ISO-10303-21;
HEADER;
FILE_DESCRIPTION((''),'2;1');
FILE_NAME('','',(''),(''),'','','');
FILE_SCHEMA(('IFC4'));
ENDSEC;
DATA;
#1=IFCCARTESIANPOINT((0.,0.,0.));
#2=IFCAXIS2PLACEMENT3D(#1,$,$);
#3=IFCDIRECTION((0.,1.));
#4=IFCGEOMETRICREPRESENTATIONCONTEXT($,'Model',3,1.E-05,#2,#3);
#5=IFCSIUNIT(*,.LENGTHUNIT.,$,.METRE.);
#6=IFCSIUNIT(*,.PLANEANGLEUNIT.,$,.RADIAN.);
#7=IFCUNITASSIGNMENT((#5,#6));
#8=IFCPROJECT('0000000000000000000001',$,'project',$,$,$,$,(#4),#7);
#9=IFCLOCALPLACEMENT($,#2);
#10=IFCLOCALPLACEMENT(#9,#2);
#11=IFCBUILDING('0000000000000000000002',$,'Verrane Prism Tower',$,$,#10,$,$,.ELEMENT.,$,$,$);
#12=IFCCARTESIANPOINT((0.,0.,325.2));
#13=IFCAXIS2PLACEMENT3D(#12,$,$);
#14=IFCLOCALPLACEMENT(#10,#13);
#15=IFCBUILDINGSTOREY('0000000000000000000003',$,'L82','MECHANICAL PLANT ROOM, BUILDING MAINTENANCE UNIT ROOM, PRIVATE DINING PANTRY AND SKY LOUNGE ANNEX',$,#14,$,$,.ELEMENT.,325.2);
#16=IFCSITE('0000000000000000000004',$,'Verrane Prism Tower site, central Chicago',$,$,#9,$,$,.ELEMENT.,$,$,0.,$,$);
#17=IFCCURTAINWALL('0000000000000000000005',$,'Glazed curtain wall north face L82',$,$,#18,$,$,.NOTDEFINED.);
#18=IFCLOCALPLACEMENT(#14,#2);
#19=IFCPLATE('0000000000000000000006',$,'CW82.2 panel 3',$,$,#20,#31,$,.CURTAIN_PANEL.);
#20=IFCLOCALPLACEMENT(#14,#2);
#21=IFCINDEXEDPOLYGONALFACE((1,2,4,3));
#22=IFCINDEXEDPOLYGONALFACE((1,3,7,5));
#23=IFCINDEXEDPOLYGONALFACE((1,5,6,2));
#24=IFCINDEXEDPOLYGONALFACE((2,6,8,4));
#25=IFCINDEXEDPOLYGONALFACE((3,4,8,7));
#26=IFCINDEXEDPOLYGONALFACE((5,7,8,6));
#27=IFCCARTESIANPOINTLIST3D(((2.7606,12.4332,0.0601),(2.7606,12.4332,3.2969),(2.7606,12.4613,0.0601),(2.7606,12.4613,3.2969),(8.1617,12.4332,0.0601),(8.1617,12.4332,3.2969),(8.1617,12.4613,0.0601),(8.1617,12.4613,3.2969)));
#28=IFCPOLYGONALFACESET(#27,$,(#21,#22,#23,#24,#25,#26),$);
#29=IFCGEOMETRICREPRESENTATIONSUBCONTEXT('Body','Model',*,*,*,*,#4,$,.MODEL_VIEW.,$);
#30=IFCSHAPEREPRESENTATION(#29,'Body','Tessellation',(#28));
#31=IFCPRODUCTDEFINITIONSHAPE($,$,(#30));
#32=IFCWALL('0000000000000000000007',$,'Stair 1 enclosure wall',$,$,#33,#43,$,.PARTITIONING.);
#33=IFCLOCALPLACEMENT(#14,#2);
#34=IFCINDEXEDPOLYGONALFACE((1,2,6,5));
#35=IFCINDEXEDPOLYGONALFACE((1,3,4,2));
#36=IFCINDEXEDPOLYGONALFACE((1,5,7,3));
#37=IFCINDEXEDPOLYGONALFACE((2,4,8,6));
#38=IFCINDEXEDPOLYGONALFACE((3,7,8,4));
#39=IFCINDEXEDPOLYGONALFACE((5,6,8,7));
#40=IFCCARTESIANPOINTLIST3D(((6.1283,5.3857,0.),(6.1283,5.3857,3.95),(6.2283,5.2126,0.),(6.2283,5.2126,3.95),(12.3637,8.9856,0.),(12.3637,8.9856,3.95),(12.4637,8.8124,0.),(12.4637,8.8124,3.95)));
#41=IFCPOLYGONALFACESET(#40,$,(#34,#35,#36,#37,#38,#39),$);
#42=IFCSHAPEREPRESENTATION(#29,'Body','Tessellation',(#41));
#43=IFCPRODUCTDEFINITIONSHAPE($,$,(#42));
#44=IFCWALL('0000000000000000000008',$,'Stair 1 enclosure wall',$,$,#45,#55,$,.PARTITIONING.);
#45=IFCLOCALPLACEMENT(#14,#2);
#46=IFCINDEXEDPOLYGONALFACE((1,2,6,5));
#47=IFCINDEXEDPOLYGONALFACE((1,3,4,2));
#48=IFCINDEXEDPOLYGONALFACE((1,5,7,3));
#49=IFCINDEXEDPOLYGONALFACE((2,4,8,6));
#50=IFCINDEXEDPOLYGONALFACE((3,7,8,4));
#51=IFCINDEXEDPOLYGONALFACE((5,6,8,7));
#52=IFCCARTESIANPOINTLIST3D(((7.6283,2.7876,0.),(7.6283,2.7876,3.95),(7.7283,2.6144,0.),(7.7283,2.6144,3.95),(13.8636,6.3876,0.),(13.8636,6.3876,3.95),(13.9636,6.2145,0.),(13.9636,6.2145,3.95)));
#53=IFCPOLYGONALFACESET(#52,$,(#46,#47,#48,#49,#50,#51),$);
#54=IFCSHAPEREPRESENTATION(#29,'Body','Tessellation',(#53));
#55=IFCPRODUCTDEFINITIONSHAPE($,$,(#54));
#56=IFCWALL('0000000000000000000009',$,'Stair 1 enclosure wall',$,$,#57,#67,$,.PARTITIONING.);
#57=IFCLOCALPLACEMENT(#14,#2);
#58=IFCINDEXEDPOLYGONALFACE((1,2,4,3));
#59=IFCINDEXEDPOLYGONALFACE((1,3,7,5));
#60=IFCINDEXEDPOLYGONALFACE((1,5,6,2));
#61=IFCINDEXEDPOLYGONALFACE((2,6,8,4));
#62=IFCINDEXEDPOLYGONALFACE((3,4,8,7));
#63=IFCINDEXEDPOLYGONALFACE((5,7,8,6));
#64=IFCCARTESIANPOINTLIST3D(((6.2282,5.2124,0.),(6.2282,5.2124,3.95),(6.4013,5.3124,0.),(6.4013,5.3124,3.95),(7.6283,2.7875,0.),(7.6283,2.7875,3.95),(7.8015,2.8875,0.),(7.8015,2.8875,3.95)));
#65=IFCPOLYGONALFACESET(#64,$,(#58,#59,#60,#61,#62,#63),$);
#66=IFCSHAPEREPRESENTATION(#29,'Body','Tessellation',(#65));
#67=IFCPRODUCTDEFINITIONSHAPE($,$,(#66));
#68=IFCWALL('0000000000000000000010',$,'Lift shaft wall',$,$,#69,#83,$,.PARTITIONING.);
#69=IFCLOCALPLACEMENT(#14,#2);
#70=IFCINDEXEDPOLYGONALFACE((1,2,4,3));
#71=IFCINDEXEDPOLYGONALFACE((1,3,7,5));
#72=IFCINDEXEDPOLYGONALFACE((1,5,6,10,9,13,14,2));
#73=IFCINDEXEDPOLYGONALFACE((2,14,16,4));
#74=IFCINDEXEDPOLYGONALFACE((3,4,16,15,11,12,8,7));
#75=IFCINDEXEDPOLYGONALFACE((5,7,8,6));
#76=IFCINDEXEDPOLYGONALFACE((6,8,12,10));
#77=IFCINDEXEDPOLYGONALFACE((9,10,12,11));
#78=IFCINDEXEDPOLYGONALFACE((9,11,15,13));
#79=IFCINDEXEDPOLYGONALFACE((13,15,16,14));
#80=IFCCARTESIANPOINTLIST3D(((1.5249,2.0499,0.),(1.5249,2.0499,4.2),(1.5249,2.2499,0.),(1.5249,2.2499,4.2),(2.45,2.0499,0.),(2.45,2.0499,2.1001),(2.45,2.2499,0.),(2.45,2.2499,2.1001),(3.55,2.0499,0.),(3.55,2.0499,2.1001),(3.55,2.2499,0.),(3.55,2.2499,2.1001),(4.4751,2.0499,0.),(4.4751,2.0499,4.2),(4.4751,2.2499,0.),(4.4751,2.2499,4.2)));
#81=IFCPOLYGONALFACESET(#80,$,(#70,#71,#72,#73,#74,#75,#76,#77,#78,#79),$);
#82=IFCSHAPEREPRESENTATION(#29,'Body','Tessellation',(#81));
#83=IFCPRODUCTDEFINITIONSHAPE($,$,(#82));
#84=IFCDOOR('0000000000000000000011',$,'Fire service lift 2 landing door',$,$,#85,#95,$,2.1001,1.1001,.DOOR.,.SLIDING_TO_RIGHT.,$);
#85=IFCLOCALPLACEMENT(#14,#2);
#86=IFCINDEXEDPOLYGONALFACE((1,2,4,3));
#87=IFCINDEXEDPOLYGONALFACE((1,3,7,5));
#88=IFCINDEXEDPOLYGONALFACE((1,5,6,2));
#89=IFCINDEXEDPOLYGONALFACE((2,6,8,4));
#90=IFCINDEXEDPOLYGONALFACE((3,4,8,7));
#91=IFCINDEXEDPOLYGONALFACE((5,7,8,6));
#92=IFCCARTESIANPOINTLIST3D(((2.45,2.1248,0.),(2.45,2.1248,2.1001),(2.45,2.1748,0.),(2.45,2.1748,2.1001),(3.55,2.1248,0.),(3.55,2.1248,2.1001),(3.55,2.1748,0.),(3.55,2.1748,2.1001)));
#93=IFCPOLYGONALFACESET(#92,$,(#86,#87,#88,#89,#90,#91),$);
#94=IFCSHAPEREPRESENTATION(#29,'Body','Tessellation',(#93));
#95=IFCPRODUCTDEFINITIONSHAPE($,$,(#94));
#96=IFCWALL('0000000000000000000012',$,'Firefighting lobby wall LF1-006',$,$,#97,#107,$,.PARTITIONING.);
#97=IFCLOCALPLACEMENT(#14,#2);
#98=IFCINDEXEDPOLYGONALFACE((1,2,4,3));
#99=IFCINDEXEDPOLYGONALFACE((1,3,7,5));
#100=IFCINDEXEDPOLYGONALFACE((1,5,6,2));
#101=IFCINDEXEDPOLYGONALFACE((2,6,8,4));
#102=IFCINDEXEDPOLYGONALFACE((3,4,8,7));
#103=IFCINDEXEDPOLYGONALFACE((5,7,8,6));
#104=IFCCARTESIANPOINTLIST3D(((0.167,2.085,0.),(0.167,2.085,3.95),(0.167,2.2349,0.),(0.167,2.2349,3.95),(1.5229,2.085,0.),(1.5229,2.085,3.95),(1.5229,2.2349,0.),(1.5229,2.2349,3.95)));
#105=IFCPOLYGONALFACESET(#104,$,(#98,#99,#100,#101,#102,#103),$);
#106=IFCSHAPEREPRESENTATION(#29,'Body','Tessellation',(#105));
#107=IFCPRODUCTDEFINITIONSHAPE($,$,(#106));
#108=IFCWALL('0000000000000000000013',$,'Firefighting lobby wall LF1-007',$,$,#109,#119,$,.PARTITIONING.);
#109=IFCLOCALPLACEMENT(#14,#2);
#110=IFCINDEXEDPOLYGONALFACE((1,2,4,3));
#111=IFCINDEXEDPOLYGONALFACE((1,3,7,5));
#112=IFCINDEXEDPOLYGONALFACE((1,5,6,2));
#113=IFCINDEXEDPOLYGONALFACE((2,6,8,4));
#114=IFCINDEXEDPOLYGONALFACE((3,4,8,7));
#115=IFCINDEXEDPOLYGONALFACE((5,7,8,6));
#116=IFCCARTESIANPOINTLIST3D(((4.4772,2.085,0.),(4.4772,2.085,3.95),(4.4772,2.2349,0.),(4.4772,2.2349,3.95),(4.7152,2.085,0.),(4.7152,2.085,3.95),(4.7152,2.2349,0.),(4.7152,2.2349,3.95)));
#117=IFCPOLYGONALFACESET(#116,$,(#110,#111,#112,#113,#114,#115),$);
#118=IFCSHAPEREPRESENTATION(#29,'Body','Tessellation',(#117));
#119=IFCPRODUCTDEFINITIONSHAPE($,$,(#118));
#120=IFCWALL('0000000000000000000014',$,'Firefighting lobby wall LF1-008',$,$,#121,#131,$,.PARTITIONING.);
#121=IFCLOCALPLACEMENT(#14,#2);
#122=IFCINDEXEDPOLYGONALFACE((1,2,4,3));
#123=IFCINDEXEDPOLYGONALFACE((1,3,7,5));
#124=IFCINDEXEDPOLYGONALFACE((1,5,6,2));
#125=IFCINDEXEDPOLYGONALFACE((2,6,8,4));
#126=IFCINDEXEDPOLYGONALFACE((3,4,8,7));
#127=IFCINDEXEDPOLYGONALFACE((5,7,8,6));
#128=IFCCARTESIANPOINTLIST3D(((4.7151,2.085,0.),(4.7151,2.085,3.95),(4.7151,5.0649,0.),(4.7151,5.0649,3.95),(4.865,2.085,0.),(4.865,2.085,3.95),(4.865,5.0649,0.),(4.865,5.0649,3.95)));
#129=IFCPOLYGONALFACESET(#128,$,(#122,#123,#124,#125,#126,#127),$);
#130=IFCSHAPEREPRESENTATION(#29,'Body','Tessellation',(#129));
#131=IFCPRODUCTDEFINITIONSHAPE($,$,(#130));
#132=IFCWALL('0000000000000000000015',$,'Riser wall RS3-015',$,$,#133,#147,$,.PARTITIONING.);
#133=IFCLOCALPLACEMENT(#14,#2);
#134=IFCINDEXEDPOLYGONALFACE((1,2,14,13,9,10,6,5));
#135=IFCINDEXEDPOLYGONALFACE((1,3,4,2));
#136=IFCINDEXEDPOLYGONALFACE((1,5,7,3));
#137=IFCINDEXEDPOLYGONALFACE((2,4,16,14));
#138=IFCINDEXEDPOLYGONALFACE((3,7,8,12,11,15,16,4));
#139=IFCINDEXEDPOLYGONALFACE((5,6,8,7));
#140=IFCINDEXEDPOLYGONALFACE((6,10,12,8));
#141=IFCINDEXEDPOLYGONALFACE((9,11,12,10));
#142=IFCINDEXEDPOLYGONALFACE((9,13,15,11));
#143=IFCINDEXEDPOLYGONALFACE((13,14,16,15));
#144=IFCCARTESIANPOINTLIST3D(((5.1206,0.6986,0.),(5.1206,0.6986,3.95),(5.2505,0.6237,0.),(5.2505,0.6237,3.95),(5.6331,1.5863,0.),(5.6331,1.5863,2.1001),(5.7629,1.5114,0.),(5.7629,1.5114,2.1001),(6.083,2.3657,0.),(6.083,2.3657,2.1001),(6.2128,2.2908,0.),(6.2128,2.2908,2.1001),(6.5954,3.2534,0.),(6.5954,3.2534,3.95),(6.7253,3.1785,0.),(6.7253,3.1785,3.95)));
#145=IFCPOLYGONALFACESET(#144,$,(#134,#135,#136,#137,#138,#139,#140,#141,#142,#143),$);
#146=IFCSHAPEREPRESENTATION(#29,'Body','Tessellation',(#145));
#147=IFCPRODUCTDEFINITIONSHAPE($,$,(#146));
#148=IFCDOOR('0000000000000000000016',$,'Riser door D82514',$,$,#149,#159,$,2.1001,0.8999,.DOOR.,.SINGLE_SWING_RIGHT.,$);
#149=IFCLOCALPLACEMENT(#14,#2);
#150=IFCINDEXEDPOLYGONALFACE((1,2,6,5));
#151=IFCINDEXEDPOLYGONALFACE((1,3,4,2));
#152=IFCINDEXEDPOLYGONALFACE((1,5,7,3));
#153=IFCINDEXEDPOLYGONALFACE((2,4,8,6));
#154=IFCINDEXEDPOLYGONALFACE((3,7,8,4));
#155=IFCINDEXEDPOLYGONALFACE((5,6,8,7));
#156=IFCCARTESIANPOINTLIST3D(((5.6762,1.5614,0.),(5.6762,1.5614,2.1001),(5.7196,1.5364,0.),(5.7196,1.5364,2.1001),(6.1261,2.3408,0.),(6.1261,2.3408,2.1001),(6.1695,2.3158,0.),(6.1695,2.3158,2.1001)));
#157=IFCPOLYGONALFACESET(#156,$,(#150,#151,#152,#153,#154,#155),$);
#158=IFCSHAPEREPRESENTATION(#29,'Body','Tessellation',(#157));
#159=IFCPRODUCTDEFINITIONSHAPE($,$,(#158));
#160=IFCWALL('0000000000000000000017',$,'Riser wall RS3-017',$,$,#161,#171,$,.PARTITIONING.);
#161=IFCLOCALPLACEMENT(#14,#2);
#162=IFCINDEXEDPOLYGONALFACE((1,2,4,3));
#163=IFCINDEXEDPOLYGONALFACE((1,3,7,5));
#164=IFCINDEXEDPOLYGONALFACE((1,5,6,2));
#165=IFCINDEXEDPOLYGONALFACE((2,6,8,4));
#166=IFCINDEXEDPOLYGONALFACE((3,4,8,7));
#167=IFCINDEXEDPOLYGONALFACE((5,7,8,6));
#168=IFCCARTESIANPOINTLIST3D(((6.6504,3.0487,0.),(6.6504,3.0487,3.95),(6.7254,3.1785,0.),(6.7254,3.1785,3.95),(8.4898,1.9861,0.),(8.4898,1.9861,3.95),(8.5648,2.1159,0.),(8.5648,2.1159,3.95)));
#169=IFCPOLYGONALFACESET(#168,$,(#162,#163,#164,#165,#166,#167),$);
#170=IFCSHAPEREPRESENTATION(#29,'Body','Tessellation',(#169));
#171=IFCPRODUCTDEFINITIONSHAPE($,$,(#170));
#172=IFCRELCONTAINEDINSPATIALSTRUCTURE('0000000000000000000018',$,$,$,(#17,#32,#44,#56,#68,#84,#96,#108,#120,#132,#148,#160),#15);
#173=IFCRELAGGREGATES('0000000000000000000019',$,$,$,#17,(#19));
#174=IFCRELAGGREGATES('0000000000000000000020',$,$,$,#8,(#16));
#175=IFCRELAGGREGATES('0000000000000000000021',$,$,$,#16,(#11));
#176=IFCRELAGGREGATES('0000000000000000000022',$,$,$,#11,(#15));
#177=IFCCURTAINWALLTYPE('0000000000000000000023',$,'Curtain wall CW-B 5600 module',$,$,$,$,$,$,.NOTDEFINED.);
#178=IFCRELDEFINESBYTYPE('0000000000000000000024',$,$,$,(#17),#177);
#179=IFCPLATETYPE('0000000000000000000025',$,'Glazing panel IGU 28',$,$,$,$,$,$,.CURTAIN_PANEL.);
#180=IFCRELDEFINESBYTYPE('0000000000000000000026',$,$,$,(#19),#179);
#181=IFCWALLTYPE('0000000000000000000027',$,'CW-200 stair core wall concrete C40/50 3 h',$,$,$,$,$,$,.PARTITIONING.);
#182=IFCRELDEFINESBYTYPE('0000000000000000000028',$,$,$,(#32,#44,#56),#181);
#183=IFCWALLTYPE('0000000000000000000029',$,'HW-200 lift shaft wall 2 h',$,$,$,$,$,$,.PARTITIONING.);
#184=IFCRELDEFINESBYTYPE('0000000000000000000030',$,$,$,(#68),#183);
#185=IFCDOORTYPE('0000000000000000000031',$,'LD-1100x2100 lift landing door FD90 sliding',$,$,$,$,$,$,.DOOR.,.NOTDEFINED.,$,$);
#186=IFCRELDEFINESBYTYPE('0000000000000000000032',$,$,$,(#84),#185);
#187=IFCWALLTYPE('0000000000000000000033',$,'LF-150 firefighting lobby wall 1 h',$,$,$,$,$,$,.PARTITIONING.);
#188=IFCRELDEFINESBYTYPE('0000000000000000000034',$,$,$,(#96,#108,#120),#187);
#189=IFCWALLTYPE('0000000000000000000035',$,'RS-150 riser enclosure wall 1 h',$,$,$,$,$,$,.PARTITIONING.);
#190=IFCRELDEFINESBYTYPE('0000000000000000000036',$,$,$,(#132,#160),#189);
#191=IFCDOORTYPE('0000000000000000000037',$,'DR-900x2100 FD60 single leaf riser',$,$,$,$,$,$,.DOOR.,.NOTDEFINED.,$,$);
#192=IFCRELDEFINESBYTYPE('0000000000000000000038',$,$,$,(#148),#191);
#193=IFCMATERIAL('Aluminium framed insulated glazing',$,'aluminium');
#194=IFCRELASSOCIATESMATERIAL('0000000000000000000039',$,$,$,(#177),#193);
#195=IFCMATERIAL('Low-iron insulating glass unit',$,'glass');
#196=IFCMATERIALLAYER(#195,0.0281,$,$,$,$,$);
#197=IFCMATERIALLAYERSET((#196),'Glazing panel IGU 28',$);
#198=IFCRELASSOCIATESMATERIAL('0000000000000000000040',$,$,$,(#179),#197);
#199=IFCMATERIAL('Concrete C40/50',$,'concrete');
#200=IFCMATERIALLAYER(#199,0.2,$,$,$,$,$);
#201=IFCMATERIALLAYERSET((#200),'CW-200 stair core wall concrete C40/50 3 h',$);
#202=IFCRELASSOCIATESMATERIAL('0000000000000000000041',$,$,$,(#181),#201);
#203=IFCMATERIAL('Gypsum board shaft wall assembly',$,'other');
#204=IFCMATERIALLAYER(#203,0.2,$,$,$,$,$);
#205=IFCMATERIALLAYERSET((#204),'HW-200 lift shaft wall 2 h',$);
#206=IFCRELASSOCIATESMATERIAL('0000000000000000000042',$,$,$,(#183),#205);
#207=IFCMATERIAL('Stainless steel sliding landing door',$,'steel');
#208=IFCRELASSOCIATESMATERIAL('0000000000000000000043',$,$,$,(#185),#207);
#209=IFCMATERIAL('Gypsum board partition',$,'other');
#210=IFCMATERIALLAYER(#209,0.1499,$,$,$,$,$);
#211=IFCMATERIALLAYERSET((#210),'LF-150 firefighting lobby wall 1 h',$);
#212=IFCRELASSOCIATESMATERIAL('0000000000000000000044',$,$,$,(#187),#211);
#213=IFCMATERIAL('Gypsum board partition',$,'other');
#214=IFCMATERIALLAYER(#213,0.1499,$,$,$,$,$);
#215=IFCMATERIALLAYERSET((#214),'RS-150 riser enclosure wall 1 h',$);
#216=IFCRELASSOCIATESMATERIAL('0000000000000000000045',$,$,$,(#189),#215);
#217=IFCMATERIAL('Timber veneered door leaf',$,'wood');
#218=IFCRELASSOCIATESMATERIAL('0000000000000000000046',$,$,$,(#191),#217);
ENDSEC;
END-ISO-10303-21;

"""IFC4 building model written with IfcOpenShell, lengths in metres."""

from ifc_helpers import new_model, si_unit, direction, frame, frame_2d, origin, origin_2d, place, context, subcontext, project, spatial, rectangle, extrude, material, layer, layer_set, type_object, element, fill, aggregate, save


model = new_model("IFC4")

# Units and contexts
model_context = context("Model", 3, precision=1e-05, world=origin(), true_north=direction((0.0, 1.0)))
body_context = subcontext(model_context, "Body", "Model", "MODEL_VIEW")
ifc_project = project(units=[si_unit("LENGTHUNIT", "METRE"), si_unit("PLANEANGLEUNIT", "RADIAN")], contexts=[model_context])

# Site, building, storey
site_placement = place(None, origin())
site = spatial("IfcSite", under=ifc_project, at=site_placement, Name="Verrane Prism Tower site, central Chicago", CompositionType="ELEMENT", RefElevation=0.0)
building_placement = place(site_placement, origin())
building = spatial("IfcBuilding", under=site, at=building_placement, Name="Verrane Prism Tower", CompositionType="ELEMENT")
storey_placement = place(building_placement, frame((0.0, 0.0, 325.2)))
storey = spatial("IfcBuildingStorey", under=building, at=storey_placement, Name="L82", Description="MECHANICAL PLANT ROOM, BUILDING MAINTENANCE UNIT ROOM, PRIVATE DINING PANTRY AND SKY LOUNGE ANNEX", CompositionType="ELEMENT", Elevation=325.2)

# Curtain wall
ifc_material_1 = material(Name="Aluminium framed insulated glazing", Category="aluminium")
curtain_wall_type = type_object("IfcCurtainWallType", Name="Curtain wall CW-B 5600 module", PredefinedType="NOTDEFINED", material=ifc_material_1)
curtain_wall_placement = place(storey_placement, origin())
curtain_wall = element("IfcCurtainWall", 1, at=curtain_wall_placement, inside=storey, type_object=curtain_wall_type, Name="Glazed curtain wall north face L82", PredefinedType="NOTDEFINED")

# Plate
ifc_material_2 = material(Name="Low-iron insulating glass unit", Category="glass")
ifc_layer_1 = layer(ifc_material_2, 0.0281)
ifc_layer_set_1 = layer_set([ifc_layer_1], Name="Glazing panel IGU 28")
plate_type = type_object("IfcPlateType", Name="Glazing panel IGU 28", PredefinedType="CURTAIN_PANEL", material=ifc_layer_set_1)
plate_placement = place(storey_placement, frame((5.4612, 12.4473, 0.0601), z_axis=(0.0, 0.0, 1.0), x_axis=(-1.0, 0.0, 0.0)))
plate = element("IfcPlate", 2, at=plate_placement, type_object=plate_type, Name="CW82.2 panel 3", PredefinedType="CURTAIN_PANEL", context=body_context, shape_type="SweptSolid", body=[
    extrude(rectangle(XDim=5.4011, YDim=0.0281, at=origin_2d()), origin(), (0.0, 0.0, 1.0), 3.2368),
])
aggregate(curtain_wall, [plate])

# Walls
ifc_material_3 = material(Name="Concrete C40/50", Category="concrete")
ifc_layer_2 = layer(ifc_material_3, 0.2)
ifc_layer_set_2 = layer_set([ifc_layer_2], Name="CW-200 stair core wall concrete C40/50 3 h")
wall_type_1 = type_object("IfcWallType", Name="CW-200 stair core wall concrete C40/50 3 h", PredefinedType="PARTITIONING", material=ifc_layer_set_2)
for number, where, z_axis, x_axis, name in (
    (3, (6.1782, 5.2991, 0.0), (0.0, 0.0, 1.0), (0.866033, 0.499987, 0.0), "Stair 1 enclosure wall"),
    (4, (7.6782, 2.7009, 0.0), (0.0, 0.0, 1.0), (0.866018, 0.500012, 0.0), "Stair 1 enclosure wall"),
):
    element("IfcWall", number, at=place(storey_placement, frame(where, z_axis=z_axis, x_axis=x_axis)), inside=storey, type_object=wall_type_1, Name=name, PredefinedType="PARTITIONING", context=body_context, shape_type="SweptSolid", body=[
        extrude(rectangle(XDim=7.2, YDim=0.2, at=frame_2d((3.6001, 0.0))), origin(), (0.0, 0.0, 1.0), 3.95),
    ])
wall_1_placement = place(storey_placement, frame((7.7148, 2.8376, 0.0), z_axis=(0.0, 0.0, 1.0), x_axis=(-0.50005, 0.865997, 0.0)))
element("IfcWall", 5, at=wall_1_placement, inside=storey, type_object=wall_type_1, Name="Stair 1 enclosure wall", PredefinedType="PARTITIONING", context=body_context, shape_type="SweptSolid", body=[
    extrude(rectangle(XDim=2.8, YDim=0.2, at=frame_2d((1.3999, 0.0))), origin(), (0.0, 0.0, 1.0), 3.95),
])

# Wall, opening, door
ifc_material_4 = material(Name="Gypsum board shaft wall assembly", Category="other")
ifc_layer_3 = layer(ifc_material_4, 0.2)
ifc_layer_set_3 = layer_set([ifc_layer_3], Name="HW-200 lift shaft wall 2 h")
wall_type_2 = type_object("IfcWallType", Name="HW-200 lift shaft wall 2 h", PredefinedType="PARTITIONING", material=ifc_layer_set_3)
wall_2_placement = place(storey_placement, frame((1.5249, 2.1499, 0.0), z_axis=(0.0, 0.0, 1.0), x_axis=(1.0, 0.0, 0.0)))
wall_2 = element("IfcWall", 6, at=wall_2_placement, inside=storey, type_object=wall_type_2, Name="Lift shaft wall", PredefinedType="PARTITIONING", context=body_context, shape_type="SweptSolid", body=[
    extrude(rectangle(XDim=2.9502, YDim=0.2, at=frame_2d((1.4751, 0.0))), origin(), (0.0, 0.0, 1.0), 4.2),
])
opening_1_placement = place(wall_2_placement, frame((0.925, 0.0, 0.0)))
opening_1 = element("IfcOpeningElement", 7, at=opening_1_placement, cuts=wall_2, PredefinedType="OPENING", context=body_context, shape_type="SweptSolid", body=[
    extrude(rectangle(XDim=1.1001, YDim=2.1001, at=frame_2d((0.55, 1.05))), frame((0.0, 0.1099, 0.0), z_axis=(0.0, -1.0, 0.0), x_axis=(1.0, 0.0, 0.0)), (0.0, 0.0, 1.0), 0.22),
])
ifc_material_5 = material(Name="Stainless steel sliding landing door", Category="steel")
door_type_1 = type_object("IfcDoorType", Name="LD-1100x2100 lift landing door FD90 sliding", OperationType="NOTDEFINED", PredefinedType="DOOR", material=ifc_material_5)
door_1_placement = place(opening_1_placement, origin())
door_1 = element("IfcDoor", 8, at=door_1_placement, inside=storey, type_object=door_type_1, Name="Fire service lift 2 landing door", OperationType="SLIDING_TO_RIGHT", OverallHeight=2.1001, OverallWidth=1.1001, PredefinedType="DOOR", context=body_context, shape_type="SweptSolid", body=[
    extrude(rectangle(XDim=1.1001, YDim=2.1001, at=frame_2d((0.55, 1.05))), frame((0.0, 0.0249, 0.0), z_axis=(0.0, -1.0, 0.0), x_axis=(1.0, 0.0, 0.0)), (0.0, 0.0, 1.0), 0.05),
])
fill(opening_1, door_1)

# Walls
ifc_material_6 = material(Name="Gypsum board partition", Category="other")
ifc_layer_4 = layer(ifc_material_6, 0.1499)
ifc_layer_set_4 = layer_set([ifc_layer_4], Name="LF-150 firefighting lobby wall 1 h")
wall_type_3 = type_object("IfcWallType", Name="LF-150 firefighting lobby wall 1 h", PredefinedType="PARTITIONING", material=ifc_layer_set_4)
wall_3_placement = place(storey_placement, frame((0.167, 2.1599, 0.0), z_axis=(0.0, 0.0, 1.0), x_axis=(1.0, 0.0, 0.0)))
element("IfcWall", 9, at=wall_3_placement, inside=storey, type_object=wall_type_3, Name="Firefighting lobby wall LF1-006", PredefinedType="PARTITIONING", context=body_context, shape_type="SweptSolid", body=[
    extrude(rectangle(XDim=1.356, YDim=0.1499, at=frame_2d((0.678, 0.0))), origin(), (0.0, 0.0, 1.0), 3.95),
])
wall_4_placement = place(storey_placement, frame((4.4771, 2.1599, 0.0), z_axis=(0.0, 0.0, 1.0), x_axis=(1.0, 0.0, 0.0)))
element("IfcWall", 10, at=wall_4_placement, inside=storey, type_object=wall_type_3, Name="Firefighting lobby wall LF1-007", PredefinedType="PARTITIONING", context=body_context, shape_type="SweptSolid", body=[
    extrude(rectangle(XDim=0.238, YDim=0.1499, at=frame_2d((0.1191, 0.0))), origin(), (0.0, 0.0, 1.0), 3.95),
])
wall_5_placement = place(storey_placement, frame((4.79, 2.085, 0.0), z_axis=(0.0, 0.0, 1.0), x_axis=(0.0, 1.0, 0.0)))
element("IfcWall", 11, at=wall_5_placement, inside=storey, type_object=wall_type_3, Name="Firefighting lobby wall LF1-008", PredefinedType="PARTITIONING", context=body_context, shape_type="SweptSolid", body=[
    extrude(rectangle(XDim=2.98, YDim=0.1499, at=frame_2d((1.49, 0.0))), origin(), (0.0, 0.0, 1.0), 3.95),
])

# Wall, opening, door
ifc_material_7 = material(Name="Gypsum board partition", Category="other")
ifc_layer_5 = layer(ifc_material_7, 0.1499)
ifc_layer_set_5 = layer_set([ifc_layer_5], Name="RS-150 riser enclosure wall 1 h")
wall_type_4 = type_object("IfcWallType", Name="RS-150 riser enclosure wall 1 h", PredefinedType="PARTITIONING", material=ifc_layer_set_5)
wall_6_placement = place(storey_placement, frame((6.6604, 3.2161, 0.0), z_axis=(0.0, 0.0, 1.0), x_axis=(-0.49994, -0.86606, 0.0)))
wall_6 = element("IfcWall", 12, at=wall_6_placement, inside=storey, type_object=wall_type_4, Name="Riser wall RS3-015", PredefinedType="PARTITIONING", context=body_context, shape_type="SweptSolid", body=[
    extrude(rectangle(XDim=2.95, YDim=0.1499, at=frame_2d((1.4751, 0.0))), origin(), (0.0, 0.0, 1.0), 3.95),
])
opening_2_placement = place(wall_6_placement, frame((1.0251, 0.0, 0.0)))
opening_2 = element("IfcOpeningElement", 13, at=opening_2_placement, cuts=wall_6, PredefinedType="OPENING", context=body_context, shape_type="SweptSolid", body=[
    extrude(rectangle(XDim=0.8999, YDim=2.1001, at=frame_2d((0.45, 1.05))), frame((0.0, 0.085, 0.0), z_axis=(0.0, -1.0, 0.0), x_axis=(1.0, 0.0, 0.0)), (0.0, 0.0, 1.0), 0.1699),
])
ifc_material_8 = material(Name="Timber veneered door leaf", Category="wood")
door_type_2 = type_object("IfcDoorType", Name="DR-900x2100 FD60 single leaf riser", OperationType="NOTDEFINED", PredefinedType="DOOR", material=ifc_material_8)
door_2_placement = place(opening_2_placement, origin())
door_2 = element("IfcDoor", 14, at=door_2_placement, inside=storey, type_object=door_type_2, Name="Riser door D82514", OperationType="SINGLE_SWING_RIGHT", OverallHeight=2.1001, OverallWidth=0.8999, PredefinedType="DOOR", context=body_context, shape_type="SweptSolid", body=[
    extrude(rectangle(XDim=0.8999, YDim=2.1001, at=frame_2d((0.45, 1.05))), frame((0.0, 0.0249, 0.0), z_axis=(0.0, -1.0, 0.0), x_axis=(1.0, 0.0, 0.0)), (0.0, 0.0, 1.0), 0.05),
])
fill(opening_2, door_2)

# Wall
wall_7_placement = place(storey_placement, frame((6.688, 3.1135, 0.0), z_axis=(0.0, 0.0, 1.0), x_axis=(0.865914, -0.500193, 0.0)))
element("IfcWall", 15, at=wall_7_placement, inside=storey, type_object=wall_type_4, Name="Riser wall RS3-017", PredefinedType="PARTITIONING", context=body_context, shape_type="SweptSolid", body=[
    extrude(rectangle(XDim=2.1243, YDim=0.1499, at=frame_2d((1.062, 0.0))), origin(), (0.0, 0.0, 1.0), 3.95),
])

save(model, "model.ifc")
